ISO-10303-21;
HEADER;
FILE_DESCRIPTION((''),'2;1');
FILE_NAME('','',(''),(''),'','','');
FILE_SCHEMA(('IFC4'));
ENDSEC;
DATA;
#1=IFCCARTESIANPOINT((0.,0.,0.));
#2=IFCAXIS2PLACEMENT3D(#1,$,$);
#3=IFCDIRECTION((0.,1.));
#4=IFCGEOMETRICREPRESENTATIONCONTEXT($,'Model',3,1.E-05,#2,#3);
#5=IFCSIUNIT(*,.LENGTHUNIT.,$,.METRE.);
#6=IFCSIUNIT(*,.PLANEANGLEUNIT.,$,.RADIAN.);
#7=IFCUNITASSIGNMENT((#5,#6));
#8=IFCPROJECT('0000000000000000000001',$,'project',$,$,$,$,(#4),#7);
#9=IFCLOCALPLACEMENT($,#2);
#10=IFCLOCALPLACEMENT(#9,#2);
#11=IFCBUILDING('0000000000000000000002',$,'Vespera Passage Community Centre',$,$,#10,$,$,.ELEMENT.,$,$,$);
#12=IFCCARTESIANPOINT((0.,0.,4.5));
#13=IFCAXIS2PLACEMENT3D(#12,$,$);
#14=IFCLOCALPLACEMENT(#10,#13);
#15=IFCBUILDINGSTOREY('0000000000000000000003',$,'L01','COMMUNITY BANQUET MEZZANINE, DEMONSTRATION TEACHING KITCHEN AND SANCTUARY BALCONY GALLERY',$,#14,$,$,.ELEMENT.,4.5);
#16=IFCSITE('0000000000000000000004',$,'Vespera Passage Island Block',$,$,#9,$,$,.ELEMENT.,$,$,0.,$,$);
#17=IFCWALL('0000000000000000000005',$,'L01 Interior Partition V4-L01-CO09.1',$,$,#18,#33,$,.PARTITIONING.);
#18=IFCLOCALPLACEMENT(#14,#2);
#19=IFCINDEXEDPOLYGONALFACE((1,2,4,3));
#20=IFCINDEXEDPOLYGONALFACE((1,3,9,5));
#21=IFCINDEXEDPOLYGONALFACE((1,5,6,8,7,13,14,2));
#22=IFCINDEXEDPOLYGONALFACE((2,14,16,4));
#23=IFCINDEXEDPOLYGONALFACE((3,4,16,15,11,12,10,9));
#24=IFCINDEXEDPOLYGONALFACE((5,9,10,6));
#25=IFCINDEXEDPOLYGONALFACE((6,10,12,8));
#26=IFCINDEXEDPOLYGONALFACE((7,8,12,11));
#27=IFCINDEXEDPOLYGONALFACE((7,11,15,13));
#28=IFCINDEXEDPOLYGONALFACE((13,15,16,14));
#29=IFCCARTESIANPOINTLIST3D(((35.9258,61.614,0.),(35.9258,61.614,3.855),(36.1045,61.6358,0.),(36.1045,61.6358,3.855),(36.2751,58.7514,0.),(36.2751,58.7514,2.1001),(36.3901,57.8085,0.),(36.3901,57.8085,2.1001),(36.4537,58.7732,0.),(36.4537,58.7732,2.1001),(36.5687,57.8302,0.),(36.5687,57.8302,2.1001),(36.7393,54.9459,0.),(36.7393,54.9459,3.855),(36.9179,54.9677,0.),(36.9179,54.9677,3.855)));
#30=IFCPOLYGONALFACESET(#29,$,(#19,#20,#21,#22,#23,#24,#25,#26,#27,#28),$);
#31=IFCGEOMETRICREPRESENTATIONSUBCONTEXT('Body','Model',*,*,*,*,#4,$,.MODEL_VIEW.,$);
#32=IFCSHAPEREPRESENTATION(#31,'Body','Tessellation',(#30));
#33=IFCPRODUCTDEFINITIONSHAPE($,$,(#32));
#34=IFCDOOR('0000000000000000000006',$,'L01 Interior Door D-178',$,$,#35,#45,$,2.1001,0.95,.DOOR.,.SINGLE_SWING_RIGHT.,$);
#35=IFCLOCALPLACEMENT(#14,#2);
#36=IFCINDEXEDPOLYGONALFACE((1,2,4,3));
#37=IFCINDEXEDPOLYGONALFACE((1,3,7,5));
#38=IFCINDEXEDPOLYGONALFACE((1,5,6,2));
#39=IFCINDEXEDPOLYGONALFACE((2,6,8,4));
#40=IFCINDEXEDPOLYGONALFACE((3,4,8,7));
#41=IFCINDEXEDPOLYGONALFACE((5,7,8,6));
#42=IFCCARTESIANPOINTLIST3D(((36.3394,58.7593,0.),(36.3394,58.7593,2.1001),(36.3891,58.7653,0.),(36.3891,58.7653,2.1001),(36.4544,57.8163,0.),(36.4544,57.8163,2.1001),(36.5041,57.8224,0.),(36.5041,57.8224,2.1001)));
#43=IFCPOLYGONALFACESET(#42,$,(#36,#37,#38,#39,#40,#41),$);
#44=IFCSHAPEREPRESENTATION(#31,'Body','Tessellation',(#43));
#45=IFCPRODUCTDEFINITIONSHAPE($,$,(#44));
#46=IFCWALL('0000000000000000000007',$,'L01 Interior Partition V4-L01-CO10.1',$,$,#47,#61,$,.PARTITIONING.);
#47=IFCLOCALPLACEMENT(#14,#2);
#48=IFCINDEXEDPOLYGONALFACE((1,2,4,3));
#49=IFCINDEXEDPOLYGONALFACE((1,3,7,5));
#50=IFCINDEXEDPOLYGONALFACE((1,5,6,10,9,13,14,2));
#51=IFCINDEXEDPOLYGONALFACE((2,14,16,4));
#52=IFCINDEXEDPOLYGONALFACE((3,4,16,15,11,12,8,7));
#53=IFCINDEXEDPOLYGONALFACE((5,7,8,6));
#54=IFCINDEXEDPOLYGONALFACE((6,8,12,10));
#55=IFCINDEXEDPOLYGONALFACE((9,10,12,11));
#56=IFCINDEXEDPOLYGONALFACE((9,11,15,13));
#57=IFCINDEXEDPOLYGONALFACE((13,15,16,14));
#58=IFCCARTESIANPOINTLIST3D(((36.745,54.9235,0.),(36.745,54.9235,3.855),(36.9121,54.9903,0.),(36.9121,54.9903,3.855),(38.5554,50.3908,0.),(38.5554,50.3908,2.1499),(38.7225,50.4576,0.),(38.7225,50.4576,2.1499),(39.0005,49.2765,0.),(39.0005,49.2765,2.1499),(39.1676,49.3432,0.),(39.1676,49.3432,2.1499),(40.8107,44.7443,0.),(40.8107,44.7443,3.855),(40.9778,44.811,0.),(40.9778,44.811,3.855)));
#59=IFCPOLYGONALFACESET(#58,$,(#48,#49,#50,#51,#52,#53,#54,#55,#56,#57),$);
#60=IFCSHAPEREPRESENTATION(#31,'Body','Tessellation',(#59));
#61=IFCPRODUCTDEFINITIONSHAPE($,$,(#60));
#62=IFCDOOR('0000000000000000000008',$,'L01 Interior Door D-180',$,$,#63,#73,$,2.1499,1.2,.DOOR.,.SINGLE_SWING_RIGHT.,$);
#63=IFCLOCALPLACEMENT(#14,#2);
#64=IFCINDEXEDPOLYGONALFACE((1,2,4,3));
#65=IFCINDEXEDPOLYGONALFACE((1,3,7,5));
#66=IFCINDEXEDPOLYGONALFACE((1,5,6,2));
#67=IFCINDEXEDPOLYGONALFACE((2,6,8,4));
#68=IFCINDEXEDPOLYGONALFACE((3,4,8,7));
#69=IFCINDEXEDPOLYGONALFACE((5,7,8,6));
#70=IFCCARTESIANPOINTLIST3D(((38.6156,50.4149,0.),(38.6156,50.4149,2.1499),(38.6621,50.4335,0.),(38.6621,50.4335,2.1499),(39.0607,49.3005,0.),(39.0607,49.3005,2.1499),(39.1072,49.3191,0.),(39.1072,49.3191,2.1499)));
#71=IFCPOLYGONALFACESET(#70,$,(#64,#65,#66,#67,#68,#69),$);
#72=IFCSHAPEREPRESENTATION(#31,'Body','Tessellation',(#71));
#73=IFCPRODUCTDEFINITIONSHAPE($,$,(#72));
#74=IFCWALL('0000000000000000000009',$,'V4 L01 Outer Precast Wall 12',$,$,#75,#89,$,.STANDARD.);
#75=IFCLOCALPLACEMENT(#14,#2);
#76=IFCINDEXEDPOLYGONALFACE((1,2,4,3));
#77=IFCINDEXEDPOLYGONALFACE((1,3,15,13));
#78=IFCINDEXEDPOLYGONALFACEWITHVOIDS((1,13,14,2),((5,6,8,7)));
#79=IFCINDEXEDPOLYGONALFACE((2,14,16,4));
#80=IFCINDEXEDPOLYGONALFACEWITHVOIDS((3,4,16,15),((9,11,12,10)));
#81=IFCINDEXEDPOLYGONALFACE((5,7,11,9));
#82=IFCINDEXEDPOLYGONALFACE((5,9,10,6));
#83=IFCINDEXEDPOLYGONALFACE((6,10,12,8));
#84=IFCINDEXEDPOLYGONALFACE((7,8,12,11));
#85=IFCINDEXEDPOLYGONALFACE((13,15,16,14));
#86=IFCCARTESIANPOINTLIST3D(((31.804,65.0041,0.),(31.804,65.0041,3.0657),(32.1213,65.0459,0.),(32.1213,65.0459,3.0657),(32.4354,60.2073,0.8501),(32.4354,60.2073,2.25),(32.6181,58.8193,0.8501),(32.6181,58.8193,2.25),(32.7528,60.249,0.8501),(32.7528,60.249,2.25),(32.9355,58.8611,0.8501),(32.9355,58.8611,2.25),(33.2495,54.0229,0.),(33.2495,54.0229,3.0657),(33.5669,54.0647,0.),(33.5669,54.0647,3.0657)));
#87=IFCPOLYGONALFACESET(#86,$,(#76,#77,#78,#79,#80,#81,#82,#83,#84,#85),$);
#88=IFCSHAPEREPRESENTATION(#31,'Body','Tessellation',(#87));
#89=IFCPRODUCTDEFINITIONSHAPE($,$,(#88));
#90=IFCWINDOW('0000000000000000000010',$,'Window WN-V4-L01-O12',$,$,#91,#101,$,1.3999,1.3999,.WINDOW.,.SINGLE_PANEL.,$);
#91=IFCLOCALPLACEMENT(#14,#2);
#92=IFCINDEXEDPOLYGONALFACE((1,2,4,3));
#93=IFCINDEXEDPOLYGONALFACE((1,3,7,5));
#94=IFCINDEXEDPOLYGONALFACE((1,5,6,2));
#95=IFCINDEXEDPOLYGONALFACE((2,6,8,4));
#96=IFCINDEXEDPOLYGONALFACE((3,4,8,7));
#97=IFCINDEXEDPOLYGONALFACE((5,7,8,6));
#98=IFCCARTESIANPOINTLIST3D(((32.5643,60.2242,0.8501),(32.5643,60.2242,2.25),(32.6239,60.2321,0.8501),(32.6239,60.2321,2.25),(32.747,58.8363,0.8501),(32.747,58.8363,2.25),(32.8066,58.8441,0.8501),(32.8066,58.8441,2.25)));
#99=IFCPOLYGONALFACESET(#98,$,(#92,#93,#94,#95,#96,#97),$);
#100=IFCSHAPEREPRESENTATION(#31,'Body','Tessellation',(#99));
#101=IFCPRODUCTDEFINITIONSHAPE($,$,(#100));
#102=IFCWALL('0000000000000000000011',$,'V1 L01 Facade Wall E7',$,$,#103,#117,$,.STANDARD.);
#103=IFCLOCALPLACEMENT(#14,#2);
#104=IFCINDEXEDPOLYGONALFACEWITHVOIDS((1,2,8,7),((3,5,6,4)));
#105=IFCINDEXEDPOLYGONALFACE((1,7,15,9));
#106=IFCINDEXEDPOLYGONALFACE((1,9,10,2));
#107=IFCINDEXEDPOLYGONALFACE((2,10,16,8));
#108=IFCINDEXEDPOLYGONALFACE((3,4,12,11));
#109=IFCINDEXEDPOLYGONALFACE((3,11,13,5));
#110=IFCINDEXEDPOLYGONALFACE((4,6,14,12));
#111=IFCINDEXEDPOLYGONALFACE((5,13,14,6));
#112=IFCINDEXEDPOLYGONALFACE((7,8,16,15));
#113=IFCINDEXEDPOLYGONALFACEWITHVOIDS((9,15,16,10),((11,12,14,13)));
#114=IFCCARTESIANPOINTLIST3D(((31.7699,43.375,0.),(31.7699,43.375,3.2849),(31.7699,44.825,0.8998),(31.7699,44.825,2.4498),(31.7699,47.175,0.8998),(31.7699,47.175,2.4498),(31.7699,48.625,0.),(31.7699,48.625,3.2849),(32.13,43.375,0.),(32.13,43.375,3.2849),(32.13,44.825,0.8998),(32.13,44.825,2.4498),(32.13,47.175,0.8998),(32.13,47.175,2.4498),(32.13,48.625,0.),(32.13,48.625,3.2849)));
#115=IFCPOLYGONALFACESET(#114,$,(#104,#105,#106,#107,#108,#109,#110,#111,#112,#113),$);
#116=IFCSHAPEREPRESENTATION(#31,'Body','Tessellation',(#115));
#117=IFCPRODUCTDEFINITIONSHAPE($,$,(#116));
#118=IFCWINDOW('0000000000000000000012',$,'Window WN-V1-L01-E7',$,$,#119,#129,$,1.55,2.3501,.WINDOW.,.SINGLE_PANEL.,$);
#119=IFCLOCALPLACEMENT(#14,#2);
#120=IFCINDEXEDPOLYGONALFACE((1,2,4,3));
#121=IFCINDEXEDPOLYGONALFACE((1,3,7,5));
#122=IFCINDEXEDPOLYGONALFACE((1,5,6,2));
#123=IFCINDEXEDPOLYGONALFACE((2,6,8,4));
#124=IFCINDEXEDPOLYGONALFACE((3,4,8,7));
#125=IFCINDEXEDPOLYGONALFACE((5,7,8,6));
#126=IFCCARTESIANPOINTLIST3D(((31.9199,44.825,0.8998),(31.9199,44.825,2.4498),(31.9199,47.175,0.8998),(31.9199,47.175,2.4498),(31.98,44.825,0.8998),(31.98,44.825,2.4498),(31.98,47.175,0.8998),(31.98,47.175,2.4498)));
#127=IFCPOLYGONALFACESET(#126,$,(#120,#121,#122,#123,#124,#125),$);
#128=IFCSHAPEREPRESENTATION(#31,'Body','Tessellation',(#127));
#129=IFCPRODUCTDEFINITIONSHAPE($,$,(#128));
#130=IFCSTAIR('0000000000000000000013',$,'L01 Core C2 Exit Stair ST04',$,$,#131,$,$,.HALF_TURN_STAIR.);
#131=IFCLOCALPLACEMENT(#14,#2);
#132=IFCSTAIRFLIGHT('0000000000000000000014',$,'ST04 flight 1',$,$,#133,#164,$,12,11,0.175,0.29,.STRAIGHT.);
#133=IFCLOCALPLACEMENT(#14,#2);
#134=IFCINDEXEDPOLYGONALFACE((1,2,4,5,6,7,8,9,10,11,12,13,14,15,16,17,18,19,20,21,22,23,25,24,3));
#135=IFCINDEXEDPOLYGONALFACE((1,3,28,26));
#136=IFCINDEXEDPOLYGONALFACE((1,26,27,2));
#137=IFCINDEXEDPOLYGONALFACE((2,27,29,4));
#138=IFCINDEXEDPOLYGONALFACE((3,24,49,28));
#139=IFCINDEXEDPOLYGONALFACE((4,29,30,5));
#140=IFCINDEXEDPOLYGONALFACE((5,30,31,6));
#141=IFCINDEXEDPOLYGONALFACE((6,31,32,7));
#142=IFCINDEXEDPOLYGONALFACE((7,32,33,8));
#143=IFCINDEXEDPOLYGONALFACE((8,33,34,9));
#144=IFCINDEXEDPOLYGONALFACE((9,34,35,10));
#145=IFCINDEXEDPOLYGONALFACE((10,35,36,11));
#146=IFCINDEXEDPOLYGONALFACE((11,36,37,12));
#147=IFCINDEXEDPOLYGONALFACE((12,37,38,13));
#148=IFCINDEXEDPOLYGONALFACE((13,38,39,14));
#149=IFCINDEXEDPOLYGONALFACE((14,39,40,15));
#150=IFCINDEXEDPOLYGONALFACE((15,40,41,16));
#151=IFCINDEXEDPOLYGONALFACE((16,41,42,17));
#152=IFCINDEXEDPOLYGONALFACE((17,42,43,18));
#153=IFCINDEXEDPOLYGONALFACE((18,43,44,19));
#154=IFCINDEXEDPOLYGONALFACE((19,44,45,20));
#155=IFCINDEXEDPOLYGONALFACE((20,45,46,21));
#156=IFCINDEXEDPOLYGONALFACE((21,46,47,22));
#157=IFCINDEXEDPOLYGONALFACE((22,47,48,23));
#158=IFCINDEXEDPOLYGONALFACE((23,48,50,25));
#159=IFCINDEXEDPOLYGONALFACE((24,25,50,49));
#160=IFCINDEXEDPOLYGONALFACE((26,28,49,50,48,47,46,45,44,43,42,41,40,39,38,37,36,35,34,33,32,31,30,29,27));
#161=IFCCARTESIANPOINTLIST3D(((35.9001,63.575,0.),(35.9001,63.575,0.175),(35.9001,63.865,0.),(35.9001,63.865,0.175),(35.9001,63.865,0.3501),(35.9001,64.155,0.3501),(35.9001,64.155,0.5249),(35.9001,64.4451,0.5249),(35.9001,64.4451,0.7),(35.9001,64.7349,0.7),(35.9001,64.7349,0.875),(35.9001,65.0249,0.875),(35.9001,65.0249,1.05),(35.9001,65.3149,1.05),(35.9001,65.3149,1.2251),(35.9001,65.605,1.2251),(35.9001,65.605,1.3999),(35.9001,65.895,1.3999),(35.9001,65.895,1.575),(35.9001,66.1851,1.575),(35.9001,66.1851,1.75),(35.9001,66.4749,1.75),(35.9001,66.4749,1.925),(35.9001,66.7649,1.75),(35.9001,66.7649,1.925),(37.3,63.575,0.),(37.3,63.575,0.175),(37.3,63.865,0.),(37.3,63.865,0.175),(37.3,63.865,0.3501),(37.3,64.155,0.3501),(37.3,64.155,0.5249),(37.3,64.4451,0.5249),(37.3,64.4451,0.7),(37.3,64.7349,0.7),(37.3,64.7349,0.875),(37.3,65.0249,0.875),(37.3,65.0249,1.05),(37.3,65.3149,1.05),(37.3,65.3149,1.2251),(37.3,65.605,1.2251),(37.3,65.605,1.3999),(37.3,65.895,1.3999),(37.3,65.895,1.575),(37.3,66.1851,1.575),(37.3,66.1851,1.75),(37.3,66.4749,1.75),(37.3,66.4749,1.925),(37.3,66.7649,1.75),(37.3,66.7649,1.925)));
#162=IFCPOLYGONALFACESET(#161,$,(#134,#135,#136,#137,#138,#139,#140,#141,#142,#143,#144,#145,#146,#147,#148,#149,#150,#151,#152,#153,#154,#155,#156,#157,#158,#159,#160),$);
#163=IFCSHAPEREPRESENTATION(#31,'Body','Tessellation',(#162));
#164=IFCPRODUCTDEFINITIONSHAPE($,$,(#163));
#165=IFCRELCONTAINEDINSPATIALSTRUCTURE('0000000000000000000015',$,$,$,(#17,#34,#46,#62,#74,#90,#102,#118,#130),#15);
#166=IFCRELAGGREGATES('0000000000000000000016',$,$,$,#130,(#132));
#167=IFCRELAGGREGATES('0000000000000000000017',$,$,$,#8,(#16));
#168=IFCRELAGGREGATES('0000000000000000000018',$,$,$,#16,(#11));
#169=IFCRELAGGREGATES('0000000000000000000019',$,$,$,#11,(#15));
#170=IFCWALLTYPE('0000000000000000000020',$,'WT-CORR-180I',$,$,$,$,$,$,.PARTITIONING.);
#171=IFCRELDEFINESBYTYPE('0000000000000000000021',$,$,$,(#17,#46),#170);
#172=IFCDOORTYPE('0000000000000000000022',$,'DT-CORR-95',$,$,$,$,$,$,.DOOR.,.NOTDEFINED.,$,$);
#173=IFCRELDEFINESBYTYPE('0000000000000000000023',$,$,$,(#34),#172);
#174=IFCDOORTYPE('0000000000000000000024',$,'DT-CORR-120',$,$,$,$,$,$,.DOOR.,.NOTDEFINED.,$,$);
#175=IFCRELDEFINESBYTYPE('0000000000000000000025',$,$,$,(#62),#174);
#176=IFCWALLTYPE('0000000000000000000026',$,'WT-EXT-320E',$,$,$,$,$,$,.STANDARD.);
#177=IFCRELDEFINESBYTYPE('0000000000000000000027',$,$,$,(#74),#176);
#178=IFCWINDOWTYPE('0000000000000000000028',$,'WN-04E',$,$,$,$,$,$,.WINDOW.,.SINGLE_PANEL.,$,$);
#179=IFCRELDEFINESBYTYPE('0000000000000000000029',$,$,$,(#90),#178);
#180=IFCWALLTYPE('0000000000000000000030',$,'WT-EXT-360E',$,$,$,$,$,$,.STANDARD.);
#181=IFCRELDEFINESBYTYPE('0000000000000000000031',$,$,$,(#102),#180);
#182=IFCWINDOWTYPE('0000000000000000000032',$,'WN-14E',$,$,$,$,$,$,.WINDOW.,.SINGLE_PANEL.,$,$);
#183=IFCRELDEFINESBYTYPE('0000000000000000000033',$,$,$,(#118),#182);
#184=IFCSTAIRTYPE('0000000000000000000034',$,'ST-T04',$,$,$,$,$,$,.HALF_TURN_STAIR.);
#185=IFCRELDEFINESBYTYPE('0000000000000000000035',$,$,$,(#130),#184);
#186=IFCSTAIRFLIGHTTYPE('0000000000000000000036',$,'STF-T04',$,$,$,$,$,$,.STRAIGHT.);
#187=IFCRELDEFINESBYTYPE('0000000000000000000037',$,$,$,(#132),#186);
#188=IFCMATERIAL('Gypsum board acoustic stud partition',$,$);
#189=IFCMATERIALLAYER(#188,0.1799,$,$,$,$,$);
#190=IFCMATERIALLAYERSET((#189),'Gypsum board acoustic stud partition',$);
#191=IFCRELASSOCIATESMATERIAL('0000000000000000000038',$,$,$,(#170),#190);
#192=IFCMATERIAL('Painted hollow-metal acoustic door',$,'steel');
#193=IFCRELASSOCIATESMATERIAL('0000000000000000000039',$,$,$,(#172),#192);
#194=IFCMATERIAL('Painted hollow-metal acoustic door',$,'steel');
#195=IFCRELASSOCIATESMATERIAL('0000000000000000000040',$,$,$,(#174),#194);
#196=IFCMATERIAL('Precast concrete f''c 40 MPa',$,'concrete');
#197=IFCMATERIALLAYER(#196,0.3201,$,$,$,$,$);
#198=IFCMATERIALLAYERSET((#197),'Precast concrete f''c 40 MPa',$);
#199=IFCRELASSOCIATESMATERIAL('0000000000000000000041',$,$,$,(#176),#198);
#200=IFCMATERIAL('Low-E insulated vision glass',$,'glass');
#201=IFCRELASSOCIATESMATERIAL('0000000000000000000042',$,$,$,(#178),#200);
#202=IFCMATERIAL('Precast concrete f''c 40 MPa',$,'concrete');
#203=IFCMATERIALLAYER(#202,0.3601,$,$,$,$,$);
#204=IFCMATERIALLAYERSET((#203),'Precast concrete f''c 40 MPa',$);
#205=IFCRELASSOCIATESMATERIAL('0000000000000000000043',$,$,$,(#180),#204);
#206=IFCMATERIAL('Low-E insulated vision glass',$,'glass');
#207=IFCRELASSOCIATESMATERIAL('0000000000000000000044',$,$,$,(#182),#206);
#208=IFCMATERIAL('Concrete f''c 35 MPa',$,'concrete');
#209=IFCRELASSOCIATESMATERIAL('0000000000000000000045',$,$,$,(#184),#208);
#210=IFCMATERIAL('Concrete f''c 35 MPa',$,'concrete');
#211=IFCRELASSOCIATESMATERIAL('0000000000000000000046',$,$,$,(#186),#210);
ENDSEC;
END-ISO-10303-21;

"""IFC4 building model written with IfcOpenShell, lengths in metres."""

from ifc_helpers import new_model, si_unit, direction, frame, frame_2d, origin, place, context, subcontext, project, spatial, polyline, rectangle, outline, extrude, material, layer, layer_set, type_object, element, fill, aggregate, save


model = new_model("IFC4")

# Units and contexts
model_context = context("Model", 3, precision=1e-05, world=origin(), true_north=direction((0.0, 1.0)))
body_context = subcontext(model_context, "Body", "Model", "MODEL_VIEW")
ifc_project = project(units=[si_unit("LENGTHUNIT", "METRE"), si_unit("PLANEANGLEUNIT", "RADIAN")], contexts=[model_context])

# Site, building, storey
site_placement = place(None, origin())
site = spatial("IfcSite", under=ifc_project, at=site_placement, Name="Vespera Passage Island Block", CompositionType="ELEMENT", RefElevation=0.0)
building_placement = place(site_placement, origin())
building = spatial("IfcBuilding", under=site, at=building_placement, Name="Vespera Passage Community Centre", CompositionType="ELEMENT")
storey_placement = place(building_placement, frame((0.0, 0.0, 4.5)))
storey = spatial("IfcBuildingStorey", under=building, at=storey_placement, Name="L01", Description="COMMUNITY BANQUET MEZZANINE, DEMONSTRATION TEACHING KITCHEN AND SANCTUARY BALCONY GALLERY", CompositionType="ELEMENT", Elevation=4.5)

# Walls, openings, doors
ifc_material_1 = material(Name="Gypsum board acoustic stud partition")
ifc_layer_1 = layer(ifc_material_1, 0.1799)
ifc_layer_set_1 = layer_set([ifc_layer_1], Name="Gypsum board acoustic stud partition")
wall_type_1 = type_object("IfcWallType", Name="WT-CORR-180I", PredefinedType="PARTITIONING", material=ifc_layer_set_1)
wall_1_placement = place(storey_placement, frame((36.0151, 61.625, 0.0), z_axis=(0.0, 0.0, 1.0), x_axis=(0.121095, -0.992641, 0.0)))
wall_1 = element("IfcWall", 1, at=wall_1_placement, inside=storey, type_object=wall_type_1, Name="L01 Interior Partition V4-L01-CO09.1", PredefinedType="PARTITIONING", context=body_context, shape_type="SweptSolid", body=[
    extrude(rectangle(XDim=6.7175, YDim=0.1799, at=frame_2d((3.3589, 0.0))), origin(), (0.0, 0.0, 1.0), 3.855),
])
opening_1_placement = place(wall_1_placement, frame((2.8838, 0.0, 0.0)))
opening_1 = element("IfcOpeningElement", 2, at=opening_1_placement, cuts=wall_1, PredefinedType="OPENING", context=body_context, shape_type="SweptSolid", body=[
    extrude(rectangle(XDim=0.95, YDim=2.1001, at=frame_2d((0.4751, 1.05))), frame((0.0, 0.0999, 0.0), z_axis=(0.0, -1.0, 0.0), x_axis=(1.0, 0.0, 0.0)), (0.0, 0.0, 1.0), 0.2),
])
ifc_material_2 = material(Name="Painted hollow-metal acoustic door", Category="steel")
door_type_1 = type_object("IfcDoorType", Name="DT-CORR-95", OperationType="NOTDEFINED", PredefinedType="DOOR", material=ifc_material_2)
door_1_placement = place(opening_1_placement, origin())
door_1 = element("IfcDoor", 3, at=door_1_placement, inside=storey, type_object=door_type_1, Name="L01 Interior Door D-178", OperationType="SINGLE_SWING_RIGHT", OverallHeight=2.1001, OverallWidth=0.95, PredefinedType="DOOR", context=body_context, shape_type="SweptSolid", body=[
    extrude(rectangle(XDim=0.95, YDim=2.1001, at=frame_2d((0.4751, 1.05))), frame((0.0, 0.0249, 0.0), z_axis=(0.0, -1.0, 0.0), x_axis=(1.0, 0.0, 0.0)), (0.0, 0.0, 1.0), 0.05),
])
fill(opening_1, door_1)
wall_2_placement = place(storey_placement, frame((36.8286, 54.9568, 0.0), z_axis=(0.0, 0.0, 1.0), x_axis=(0.370918, -0.928666, 0.0)))
wall_2 = element("IfcWall", 4, at=wall_2_placement, inside=storey, type_object=wall_type_1, Name="L01 Interior Partition V4-L01-CO10.1", PredefinedType="PARTITIONING", context=body_context, shape_type="SweptSolid", body=[
    extrude(rectangle(XDim=10.9612, YDim=0.1799, at=frame_2d((5.4805, 0.0))), origin(), (0.0, 0.0, 1.0), 3.855),
])
opening_2_placement = place(wall_2_placement, frame((4.8806, 0.0, 0.0)))
opening_2 = element("IfcOpeningElement", 5, at=opening_2_placement, cuts=wall_2, PredefinedType="OPENING", context=body_context, shape_type="SweptSolid", body=[
    extrude(rectangle(XDim=1.2, YDim=2.1499, at=frame_2d((0.6001, 1.075))), frame((0.0, 0.0999, 0.0), z_axis=(0.0, -1.0, 0.0), x_axis=(1.0, 0.0, 0.0)), (0.0, 0.0, 1.0), 0.2),
])
ifc_material_3 = material(Name="Painted hollow-metal acoustic door", Category="steel")
door_type_2 = type_object("IfcDoorType", Name="DT-CORR-120", OperationType="NOTDEFINED", PredefinedType="DOOR", material=ifc_material_3)
door_2_placement = place(opening_2_placement, origin())
door_2 = element("IfcDoor", 6, at=door_2_placement, inside=storey, type_object=door_type_2, Name="L01 Interior Door D-180", OperationType="SINGLE_SWING_RIGHT", OverallHeight=2.1499, OverallWidth=1.2, PredefinedType="DOOR", context=body_context, shape_type="SweptSolid", body=[
    extrude(rectangle(XDim=1.2, YDim=2.1499, at=frame_2d((0.6001, 1.075))), frame((0.0, 0.0249, 0.0), z_axis=(0.0, -1.0, 0.0), x_axis=(1.0, 0.0, 0.0)), (0.0, 0.0, 1.0), 0.05),
])
fill(opening_2, door_2)

# Walls, openings, windows
ifc_material_4 = material(Name="Precast concrete f'c 40 MPa", Category="concrete")
ifc_layer_2 = layer(ifc_material_4, 0.3201)
ifc_layer_set_2 = layer_set([ifc_layer_2], Name="Precast concrete f'c 40 MPa")
wall_type_2 = type_object("IfcWallType", Name="WT-EXT-320E", PredefinedType="STANDARD", material=ifc_layer_set_2)
wall_3_placement = place(storey_placement, frame((33.4082, 54.0437, 0.0), z_axis=(0.0, 0.0, 1.0), x_axis=(-0.130513, 0.991447, 0.0)))
wall_3 = element("IfcWall", 7, at=wall_3_placement, inside=storey, type_object=wall_type_2, Name="V4 L01 Outer Precast Wall 12", PredefinedType="STANDARD", context=body_context, shape_type="SweptSolid", body=[
    extrude(rectangle(XDim=11.0759, YDim=0.3201, at=frame_2d((5.5381, 0.0))), origin(), (0.0, 0.0, 1.0), 3.0657),
])
opening_3_placement = place(wall_3_placement, frame((4.8379, 0.0, 0.8501)))
opening_3 = element("IfcOpeningElement", 8, at=opening_3_placement, cuts=wall_3, PredefinedType="OPENING", context=body_context, shape_type="SweptSolid", body=[
    extrude(rectangle(XDim=1.3999, YDim=1.3999, at=frame_2d((0.7, 0.7))), frame((0.0, 0.1702, 0.0), z_axis=(0.0, -1.0, 0.0), x_axis=(1.0, 0.0, 0.0)), (0.0, 0.0, 1.0), 0.3401),
])
ifc_material_5 = material(Name="Low-E insulated vision glass", Category="glass")
window_type_1 = type_object("IfcWindowType", Name="WN-04E", PartitioningType="SINGLE_PANEL", PredefinedType="WINDOW", material=ifc_material_5)
window_1_placement = place(opening_3_placement, origin())
window_1 = element("IfcWindow", 9, at=window_1_placement, inside=storey, type_object=window_type_1, Name="Window WN-V4-L01-O12", OverallHeight=1.3999, OverallWidth=1.3999, PartitioningType="SINGLE_PANEL", PredefinedType="WINDOW", context=body_context, shape_type="SweptSolid", body=[
    extrude(rectangle(XDim=1.3999, YDim=1.3999, at=frame_2d((0.7, 0.7))), frame((0.0, 0.03, 0.0), z_axis=(0.0, -1.0, 0.0), x_axis=(1.0, 0.0, 0.0)), (0.0, 0.0, 1.0), 0.0601),
])
fill(opening_3, window_1)
ifc_material_6 = material(Name="Precast concrete f'c 40 MPa", Category="concrete")
ifc_layer_3 = layer(ifc_material_6, 0.3601)
ifc_layer_set_3 = layer_set([ifc_layer_3], Name="Precast concrete f'c 40 MPa")
wall_type_3 = type_object("IfcWallType", Name="WT-EXT-360E", PredefinedType="STANDARD", material=ifc_layer_set_3)
wall_4_placement = place(storey_placement, frame((31.95, 48.625, 0.0), z_axis=(0.0, 0.0, 1.0), x_axis=(0.0, -1.0, 0.0)))
wall_4 = element("IfcWall", 10, at=wall_4_placement, inside=storey, type_object=wall_type_3, Name="V1 L01 Facade Wall E7", PredefinedType="STANDARD", context=body_context, shape_type="SweptSolid", body=[
    extrude(rectangle(XDim=5.25, YDim=0.3601, at=frame_2d((2.625, 0.0))), origin(), (0.0, 0.0, 1.0), 3.2849),
])
opening_4_placement = place(wall_4_placement, frame((1.45, 0.0, 0.8999)))
opening_4 = element("IfcOpeningElement", 11, at=opening_4_placement, cuts=wall_4, PredefinedType="OPENING", context=body_context, shape_type="SweptSolid", body=[
    extrude(rectangle(XDim=2.3501, YDim=1.55, at=frame_2d((1.175, 0.7749))), frame((0.0, 0.1902, 0.0), z_axis=(0.0, -1.0, 0.0), x_axis=(1.0, 0.0, 0.0)), (0.0, 0.0, 1.0), 0.3801),
])
ifc_material_7 = material(Name="Low-E insulated vision glass", Category="glass")
window_type_2 = type_object("IfcWindowType", Name="WN-14E", PartitioningType="SINGLE_PANEL", PredefinedType="WINDOW", material=ifc_material_7)
window_2_placement = place(opening_4_placement, origin())
window_2 = element("IfcWindow", 12, at=window_2_placement, inside=storey, type_object=window_type_2, Name="Window WN-V1-L01-E7", OverallHeight=1.55, OverallWidth=2.3501, PartitioningType="SINGLE_PANEL", PredefinedType="WINDOW", context=body_context, shape_type="SweptSolid", body=[
    extrude(rectangle(XDim=2.3501, YDim=1.55, at=frame_2d((1.175, 0.7749))), frame((0.0, 0.03, 0.0), z_axis=(0.0, -1.0, 0.0), x_axis=(1.0, 0.0, 0.0)), (0.0, 0.0, 1.0), 0.0601),
])
fill(opening_4, window_2)

# Stair, stair flight
ifc_material_8 = material(Name="Concrete f'c 35 MPa", Category="concrete")
stair_type = type_object("IfcStairType", Name="ST-T04", PredefinedType="HALF_TURN_STAIR", material=ifc_material_8)
stair_placement = place(storey_placement, origin())
stair = element("IfcStair", 13, at=stair_placement, inside=storey, type_object=stair_type, Name="L01 Core C2 Exit Stair ST04", PredefinedType="HALF_TURN_STAIR")
ifc_material_9 = material(Name="Concrete f'c 35 MPa", Category="concrete")
stair_flight_type = type_object("IfcStairFlightType", Name="STF-T04", PredefinedType="STRAIGHT", material=ifc_material_9)
stair_flight_placement = place(storey_placement, frame((36.6001, 63.575, 0.0), z_axis=(0.0, 0.0, 1.0), x_axis=(0.0, 1.0, 0.0)))
stair_flight = element("IfcStairFlight", 14, at=stair_flight_placement, type_object=stair_flight_type, Name="ST04 flight 1", NumberOfRisers=12, NumberOfTreads=11, PredefinedType="STRAIGHT", RiserHeight=0.175, TreadLength=0.29, context=body_context, shape_type="SweptSolid", body=[
    extrude(outline(polyline([(0.0, 0.0), (0.0, 0.175), (0.29, 0.175), (0.29, 0.3501), (0.5801, 0.3501), (0.5801, 0.5249), (0.8701, 0.5249), (0.8701, 0.7), (1.1599, 0.7), (1.1599, 0.875), (1.45, 0.875), (1.45, 1.05), (1.74, 1.05), (1.74, 1.2251), (2.03, 1.2251), (2.03, 1.3999), (2.3201, 1.3999), (2.3201, 1.575), (2.6101, 1.575), (2.6101, 1.75), (2.8999, 1.75), (2.8999, 1.925), (3.1899, 1.925), (3.1899, 2.1001), (3.1899, 1.75), (0.29, 0.0), (0.0, 0.0)])), frame((0.0, 0.7, 0.0), z_axis=(0.0, -1.0, 0.0), x_axis=(1.0, 0.0, 0.0)), (0.0, 0.0, 1.0), 1.3999),
])
aggregate(stair, [stair_flight])

save(model, "model.ifc")
